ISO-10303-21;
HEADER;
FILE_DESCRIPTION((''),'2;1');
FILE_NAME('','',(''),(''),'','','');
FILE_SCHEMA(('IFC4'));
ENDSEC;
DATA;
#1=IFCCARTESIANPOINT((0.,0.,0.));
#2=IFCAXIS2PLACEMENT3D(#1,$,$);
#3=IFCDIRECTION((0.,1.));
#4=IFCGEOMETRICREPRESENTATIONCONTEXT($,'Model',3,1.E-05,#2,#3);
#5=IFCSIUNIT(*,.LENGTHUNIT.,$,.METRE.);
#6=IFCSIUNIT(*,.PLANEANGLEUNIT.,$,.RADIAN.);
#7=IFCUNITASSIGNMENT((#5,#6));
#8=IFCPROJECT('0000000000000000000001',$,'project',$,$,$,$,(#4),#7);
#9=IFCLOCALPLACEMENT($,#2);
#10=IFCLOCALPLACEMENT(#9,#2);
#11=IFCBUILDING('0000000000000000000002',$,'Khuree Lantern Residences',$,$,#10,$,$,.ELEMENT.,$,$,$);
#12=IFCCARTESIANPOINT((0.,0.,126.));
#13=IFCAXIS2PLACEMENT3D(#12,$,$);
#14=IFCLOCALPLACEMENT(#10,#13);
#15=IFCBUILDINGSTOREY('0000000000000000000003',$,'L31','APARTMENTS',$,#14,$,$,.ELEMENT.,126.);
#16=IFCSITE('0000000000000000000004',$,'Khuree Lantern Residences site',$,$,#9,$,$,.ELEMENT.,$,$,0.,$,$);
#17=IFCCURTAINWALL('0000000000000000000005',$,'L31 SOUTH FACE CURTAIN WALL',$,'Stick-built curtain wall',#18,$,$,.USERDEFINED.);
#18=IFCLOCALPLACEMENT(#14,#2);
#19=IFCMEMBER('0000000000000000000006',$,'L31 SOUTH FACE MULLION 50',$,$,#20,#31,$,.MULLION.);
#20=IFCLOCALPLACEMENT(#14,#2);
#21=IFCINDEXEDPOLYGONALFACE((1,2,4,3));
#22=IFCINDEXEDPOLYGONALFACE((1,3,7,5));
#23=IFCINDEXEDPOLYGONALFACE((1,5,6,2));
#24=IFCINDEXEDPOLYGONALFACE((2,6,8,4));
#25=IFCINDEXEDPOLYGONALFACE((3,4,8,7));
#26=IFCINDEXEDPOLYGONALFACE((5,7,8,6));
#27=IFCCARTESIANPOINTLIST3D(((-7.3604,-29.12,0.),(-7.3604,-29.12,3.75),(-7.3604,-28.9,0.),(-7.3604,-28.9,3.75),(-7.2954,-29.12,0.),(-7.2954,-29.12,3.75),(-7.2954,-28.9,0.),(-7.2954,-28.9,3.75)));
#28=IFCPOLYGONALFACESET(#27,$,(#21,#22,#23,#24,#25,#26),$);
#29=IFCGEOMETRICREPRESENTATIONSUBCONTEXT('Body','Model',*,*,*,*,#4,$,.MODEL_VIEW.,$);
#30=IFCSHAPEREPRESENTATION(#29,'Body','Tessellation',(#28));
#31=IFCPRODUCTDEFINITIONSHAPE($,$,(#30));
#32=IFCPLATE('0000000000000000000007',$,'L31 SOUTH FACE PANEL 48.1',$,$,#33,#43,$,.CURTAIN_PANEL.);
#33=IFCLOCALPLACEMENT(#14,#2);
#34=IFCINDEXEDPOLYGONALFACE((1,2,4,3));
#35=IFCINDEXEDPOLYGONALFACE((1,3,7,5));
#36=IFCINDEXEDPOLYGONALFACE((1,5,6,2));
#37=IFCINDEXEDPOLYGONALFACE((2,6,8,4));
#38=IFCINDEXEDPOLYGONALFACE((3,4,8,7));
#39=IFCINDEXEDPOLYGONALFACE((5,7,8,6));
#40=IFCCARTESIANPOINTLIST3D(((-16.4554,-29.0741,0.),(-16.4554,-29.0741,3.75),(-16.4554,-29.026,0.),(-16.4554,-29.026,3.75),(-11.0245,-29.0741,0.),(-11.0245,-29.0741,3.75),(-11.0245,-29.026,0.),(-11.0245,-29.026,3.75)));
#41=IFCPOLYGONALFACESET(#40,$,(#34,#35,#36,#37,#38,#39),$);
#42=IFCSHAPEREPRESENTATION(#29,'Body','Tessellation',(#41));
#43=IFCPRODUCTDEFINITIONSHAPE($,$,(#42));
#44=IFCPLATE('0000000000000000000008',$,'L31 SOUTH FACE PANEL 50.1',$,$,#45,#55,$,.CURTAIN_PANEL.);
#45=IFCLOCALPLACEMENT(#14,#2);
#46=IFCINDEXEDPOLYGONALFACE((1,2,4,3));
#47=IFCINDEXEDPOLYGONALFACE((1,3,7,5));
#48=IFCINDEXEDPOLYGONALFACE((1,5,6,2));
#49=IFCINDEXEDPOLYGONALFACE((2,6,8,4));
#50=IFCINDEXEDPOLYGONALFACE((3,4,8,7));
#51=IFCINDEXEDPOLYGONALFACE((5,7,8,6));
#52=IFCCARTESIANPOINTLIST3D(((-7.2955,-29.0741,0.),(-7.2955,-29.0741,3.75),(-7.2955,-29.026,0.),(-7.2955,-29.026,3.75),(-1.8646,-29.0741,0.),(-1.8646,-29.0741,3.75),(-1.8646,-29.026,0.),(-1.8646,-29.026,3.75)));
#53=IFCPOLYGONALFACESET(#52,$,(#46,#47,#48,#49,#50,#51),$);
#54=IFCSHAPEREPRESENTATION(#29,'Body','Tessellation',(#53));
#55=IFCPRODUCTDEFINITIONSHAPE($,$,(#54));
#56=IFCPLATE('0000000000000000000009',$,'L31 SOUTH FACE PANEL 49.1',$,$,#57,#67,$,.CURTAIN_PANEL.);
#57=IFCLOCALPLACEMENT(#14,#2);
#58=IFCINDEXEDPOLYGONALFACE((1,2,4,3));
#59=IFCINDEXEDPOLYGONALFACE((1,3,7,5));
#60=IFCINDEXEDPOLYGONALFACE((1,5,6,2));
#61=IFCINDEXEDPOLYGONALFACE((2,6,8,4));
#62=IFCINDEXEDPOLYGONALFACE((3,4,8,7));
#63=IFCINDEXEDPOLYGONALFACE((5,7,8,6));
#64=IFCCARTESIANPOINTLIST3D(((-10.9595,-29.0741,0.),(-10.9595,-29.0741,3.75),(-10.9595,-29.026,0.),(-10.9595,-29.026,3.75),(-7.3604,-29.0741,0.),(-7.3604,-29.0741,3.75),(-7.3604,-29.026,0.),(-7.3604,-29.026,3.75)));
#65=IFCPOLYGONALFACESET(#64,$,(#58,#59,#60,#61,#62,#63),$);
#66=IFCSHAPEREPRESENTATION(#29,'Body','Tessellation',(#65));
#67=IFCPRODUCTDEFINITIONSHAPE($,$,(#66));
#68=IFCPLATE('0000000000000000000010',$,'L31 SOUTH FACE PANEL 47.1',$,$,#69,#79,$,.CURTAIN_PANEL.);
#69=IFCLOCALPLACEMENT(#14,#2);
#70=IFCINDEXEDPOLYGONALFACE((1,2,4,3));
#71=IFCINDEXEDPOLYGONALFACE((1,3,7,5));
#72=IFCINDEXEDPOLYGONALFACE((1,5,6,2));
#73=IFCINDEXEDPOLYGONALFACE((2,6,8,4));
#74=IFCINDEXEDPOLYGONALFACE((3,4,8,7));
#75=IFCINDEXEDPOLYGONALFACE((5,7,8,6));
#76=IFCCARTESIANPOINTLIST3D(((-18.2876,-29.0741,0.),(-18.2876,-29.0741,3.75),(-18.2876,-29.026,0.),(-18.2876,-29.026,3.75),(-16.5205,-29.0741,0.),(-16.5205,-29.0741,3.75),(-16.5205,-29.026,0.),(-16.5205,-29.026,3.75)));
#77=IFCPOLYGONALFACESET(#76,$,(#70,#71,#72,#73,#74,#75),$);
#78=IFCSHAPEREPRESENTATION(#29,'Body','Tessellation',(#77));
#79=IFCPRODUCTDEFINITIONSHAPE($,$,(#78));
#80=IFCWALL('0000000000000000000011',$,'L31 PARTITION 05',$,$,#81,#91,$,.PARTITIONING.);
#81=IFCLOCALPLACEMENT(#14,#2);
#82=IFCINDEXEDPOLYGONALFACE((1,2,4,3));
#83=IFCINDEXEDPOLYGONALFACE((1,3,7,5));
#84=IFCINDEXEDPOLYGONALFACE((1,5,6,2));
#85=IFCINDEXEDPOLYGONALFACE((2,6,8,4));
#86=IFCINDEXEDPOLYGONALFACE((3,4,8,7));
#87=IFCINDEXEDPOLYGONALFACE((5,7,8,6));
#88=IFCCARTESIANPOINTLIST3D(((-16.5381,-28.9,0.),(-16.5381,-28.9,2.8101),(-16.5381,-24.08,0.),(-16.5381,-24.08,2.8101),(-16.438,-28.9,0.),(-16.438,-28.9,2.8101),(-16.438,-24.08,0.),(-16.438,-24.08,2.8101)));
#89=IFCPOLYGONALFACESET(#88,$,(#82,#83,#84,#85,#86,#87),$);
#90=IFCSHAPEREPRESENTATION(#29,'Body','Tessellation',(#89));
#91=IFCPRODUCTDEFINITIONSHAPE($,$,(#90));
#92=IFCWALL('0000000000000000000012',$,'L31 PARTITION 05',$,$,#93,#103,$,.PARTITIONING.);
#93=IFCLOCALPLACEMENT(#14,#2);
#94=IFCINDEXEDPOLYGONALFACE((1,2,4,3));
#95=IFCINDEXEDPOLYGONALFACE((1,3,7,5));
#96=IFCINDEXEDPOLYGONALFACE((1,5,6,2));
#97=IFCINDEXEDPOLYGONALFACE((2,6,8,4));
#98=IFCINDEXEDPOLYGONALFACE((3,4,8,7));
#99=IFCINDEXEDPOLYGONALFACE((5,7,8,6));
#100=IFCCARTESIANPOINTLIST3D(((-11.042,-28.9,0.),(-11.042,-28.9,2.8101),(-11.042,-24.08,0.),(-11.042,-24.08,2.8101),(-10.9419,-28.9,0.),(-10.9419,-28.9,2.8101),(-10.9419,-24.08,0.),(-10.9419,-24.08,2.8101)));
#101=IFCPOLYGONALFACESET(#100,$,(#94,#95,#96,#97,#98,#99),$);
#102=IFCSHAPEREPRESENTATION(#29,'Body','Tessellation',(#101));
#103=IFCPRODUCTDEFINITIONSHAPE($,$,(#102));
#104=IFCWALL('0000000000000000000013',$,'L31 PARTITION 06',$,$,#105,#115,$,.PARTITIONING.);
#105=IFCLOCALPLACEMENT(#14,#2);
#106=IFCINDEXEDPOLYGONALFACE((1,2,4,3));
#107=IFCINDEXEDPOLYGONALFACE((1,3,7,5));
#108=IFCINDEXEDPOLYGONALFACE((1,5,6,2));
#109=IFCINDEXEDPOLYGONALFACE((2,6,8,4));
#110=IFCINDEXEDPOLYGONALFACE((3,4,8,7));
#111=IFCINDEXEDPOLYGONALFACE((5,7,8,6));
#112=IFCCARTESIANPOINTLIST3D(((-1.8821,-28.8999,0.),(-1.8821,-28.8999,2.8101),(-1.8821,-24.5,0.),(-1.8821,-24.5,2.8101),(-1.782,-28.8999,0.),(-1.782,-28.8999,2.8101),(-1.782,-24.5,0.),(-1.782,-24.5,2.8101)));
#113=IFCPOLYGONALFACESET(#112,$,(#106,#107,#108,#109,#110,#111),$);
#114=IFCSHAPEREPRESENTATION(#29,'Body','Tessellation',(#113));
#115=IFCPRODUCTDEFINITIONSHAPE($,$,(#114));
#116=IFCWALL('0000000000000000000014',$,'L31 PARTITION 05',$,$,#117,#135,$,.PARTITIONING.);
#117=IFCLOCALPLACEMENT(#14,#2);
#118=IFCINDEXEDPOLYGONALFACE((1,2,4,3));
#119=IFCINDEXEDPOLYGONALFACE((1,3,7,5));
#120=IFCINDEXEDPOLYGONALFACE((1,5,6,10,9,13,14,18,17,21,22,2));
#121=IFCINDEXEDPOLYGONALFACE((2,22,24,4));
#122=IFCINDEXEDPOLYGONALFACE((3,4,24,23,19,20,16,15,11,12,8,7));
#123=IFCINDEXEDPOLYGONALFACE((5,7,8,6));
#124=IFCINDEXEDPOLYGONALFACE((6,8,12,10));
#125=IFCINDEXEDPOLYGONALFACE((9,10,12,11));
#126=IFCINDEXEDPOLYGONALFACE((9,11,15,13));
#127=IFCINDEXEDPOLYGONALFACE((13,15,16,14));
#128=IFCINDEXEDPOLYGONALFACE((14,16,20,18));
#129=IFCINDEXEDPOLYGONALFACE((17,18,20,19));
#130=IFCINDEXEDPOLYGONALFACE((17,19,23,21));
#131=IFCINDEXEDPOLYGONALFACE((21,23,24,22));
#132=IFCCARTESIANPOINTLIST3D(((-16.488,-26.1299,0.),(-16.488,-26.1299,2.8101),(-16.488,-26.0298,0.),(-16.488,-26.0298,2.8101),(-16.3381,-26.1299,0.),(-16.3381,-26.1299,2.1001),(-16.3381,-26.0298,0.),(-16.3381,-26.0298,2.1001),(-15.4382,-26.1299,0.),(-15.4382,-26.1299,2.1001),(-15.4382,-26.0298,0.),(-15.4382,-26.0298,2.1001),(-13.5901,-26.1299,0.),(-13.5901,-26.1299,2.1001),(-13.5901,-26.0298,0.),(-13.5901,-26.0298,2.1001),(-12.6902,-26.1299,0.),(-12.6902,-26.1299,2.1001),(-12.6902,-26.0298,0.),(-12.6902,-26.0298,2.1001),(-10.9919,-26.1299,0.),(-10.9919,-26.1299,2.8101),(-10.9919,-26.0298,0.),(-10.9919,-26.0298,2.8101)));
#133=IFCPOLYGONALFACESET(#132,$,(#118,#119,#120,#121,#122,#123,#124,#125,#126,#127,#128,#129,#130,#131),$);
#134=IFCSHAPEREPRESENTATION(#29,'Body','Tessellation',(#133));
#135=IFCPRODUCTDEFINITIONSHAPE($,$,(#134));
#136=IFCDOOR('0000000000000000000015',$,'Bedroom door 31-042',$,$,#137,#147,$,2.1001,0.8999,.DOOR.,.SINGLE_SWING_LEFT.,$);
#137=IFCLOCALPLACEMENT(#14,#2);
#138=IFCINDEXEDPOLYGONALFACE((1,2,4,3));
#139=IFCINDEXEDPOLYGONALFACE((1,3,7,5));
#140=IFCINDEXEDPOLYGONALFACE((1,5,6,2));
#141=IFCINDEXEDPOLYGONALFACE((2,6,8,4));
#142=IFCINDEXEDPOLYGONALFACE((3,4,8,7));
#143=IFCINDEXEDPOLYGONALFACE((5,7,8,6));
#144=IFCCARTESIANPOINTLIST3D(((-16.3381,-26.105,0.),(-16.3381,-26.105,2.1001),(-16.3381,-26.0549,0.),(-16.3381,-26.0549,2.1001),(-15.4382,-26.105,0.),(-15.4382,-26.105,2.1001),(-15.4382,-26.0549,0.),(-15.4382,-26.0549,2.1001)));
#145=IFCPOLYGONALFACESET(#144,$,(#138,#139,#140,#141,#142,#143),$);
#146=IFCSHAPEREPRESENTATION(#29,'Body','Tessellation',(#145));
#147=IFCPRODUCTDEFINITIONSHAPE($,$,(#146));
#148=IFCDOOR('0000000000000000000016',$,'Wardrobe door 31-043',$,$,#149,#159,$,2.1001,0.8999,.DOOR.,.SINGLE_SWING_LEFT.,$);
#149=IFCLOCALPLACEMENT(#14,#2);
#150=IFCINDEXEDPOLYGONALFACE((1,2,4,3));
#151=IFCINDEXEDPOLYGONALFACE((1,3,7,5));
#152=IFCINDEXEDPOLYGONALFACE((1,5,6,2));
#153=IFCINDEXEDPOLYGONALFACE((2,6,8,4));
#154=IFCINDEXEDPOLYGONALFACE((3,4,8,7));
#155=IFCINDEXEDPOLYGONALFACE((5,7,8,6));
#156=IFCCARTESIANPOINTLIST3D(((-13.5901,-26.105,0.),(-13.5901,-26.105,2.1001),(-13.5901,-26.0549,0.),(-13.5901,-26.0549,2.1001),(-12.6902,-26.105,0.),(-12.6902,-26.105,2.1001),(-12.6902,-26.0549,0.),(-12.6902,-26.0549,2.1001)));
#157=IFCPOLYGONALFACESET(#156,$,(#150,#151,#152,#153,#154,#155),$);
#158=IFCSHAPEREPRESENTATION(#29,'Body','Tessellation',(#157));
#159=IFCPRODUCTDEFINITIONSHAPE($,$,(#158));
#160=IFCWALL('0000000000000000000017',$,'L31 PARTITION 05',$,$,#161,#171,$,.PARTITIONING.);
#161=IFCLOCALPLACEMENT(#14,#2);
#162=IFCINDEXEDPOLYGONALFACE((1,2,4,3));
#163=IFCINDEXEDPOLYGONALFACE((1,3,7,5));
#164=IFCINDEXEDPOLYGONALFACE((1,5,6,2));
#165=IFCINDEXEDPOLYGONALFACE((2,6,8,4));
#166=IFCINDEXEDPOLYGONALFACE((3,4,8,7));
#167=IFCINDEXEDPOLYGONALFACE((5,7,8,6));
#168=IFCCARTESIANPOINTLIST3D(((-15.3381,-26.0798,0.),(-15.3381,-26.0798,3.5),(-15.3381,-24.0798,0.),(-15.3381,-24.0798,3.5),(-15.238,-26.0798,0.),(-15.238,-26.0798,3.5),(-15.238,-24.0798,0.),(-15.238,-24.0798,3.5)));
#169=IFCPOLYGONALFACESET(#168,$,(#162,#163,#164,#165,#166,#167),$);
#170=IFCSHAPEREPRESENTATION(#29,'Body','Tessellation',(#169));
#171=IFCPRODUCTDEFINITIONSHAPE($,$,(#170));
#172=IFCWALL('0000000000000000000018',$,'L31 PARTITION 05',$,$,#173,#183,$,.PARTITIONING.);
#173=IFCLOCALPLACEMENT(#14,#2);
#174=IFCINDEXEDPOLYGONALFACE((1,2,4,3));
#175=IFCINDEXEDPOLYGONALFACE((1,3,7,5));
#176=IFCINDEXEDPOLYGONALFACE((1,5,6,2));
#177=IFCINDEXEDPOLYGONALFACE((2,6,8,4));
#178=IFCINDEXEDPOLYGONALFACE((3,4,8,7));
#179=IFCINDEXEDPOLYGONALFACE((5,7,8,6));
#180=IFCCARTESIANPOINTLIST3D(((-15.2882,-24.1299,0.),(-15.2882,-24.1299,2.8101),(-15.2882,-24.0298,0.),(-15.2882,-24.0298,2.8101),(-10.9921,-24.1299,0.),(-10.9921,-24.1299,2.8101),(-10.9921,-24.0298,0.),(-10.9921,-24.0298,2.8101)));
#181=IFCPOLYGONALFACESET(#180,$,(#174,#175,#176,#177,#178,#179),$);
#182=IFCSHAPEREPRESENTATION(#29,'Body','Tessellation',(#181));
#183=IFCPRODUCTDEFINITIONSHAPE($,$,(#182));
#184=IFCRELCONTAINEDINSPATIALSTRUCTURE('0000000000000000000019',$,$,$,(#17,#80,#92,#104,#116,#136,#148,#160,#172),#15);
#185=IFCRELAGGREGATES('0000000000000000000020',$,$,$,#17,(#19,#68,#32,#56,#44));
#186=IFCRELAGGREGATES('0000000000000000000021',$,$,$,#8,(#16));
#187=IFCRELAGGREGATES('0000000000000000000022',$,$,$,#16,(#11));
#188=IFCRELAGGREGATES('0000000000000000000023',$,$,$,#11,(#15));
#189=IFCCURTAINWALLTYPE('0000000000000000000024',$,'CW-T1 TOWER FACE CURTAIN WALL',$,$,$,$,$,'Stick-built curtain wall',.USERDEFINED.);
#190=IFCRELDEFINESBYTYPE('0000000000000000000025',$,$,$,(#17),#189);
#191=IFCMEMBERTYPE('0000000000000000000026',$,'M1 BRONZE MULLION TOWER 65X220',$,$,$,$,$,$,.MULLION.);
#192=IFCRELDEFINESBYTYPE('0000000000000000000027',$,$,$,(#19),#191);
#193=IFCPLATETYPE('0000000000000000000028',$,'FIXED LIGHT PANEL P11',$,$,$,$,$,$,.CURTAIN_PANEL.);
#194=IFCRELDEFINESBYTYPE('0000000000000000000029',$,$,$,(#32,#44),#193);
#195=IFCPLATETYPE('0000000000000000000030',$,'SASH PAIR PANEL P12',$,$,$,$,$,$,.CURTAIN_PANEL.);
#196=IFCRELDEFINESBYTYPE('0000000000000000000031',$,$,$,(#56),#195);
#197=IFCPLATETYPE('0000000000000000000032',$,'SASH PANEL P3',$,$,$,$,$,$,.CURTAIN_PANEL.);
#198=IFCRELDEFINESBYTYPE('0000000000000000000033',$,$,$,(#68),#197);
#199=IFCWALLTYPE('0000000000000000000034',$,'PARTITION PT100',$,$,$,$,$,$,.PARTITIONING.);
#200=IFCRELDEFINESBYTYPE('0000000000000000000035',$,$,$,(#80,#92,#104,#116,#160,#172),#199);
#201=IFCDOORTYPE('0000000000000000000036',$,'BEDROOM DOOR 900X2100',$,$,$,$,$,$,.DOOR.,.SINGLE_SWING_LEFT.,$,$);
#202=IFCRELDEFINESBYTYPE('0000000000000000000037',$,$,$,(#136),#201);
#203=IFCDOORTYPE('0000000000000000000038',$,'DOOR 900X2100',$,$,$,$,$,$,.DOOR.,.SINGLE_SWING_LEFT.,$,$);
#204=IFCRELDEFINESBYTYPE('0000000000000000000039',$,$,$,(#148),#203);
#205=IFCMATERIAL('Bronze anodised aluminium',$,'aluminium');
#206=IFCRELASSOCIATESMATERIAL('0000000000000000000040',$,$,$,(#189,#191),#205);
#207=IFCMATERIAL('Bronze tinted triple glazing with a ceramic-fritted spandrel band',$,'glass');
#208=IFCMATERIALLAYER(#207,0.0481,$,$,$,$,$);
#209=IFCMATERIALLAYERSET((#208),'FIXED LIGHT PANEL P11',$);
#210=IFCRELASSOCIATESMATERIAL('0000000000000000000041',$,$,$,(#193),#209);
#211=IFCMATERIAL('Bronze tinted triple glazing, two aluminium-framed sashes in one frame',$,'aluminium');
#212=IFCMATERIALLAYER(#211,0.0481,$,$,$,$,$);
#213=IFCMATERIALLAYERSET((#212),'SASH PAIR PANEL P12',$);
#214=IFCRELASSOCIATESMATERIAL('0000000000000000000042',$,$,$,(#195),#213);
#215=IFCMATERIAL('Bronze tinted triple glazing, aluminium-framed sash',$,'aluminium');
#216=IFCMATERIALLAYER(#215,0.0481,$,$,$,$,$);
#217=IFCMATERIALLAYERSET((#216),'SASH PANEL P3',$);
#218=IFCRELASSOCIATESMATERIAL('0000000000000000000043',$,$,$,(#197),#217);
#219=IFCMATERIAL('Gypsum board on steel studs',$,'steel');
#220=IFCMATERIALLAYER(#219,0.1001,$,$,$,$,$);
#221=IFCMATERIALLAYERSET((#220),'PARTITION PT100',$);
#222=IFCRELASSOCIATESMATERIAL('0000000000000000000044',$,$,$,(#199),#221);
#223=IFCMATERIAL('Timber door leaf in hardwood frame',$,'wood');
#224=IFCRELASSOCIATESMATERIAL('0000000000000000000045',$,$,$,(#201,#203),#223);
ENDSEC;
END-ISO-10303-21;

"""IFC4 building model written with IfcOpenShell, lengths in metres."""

from ifc_helpers import new_model, si_unit, direction, frame, frame_2d, origin, origin_2d, place, context, subcontext, project, spatial, rectangle, extrude, material, layer, layer_set, material_profile, profile_set, type_object, element, fill, aggregate, save


model = new_model("IFC4")

# Units and contexts
model_context = context("Model", 3, precision=1e-05, world=origin(), true_north=direction((0.0, 1.0)))
body_context = subcontext(model_context, "Body", "Model", "MODEL_VIEW")
ifc_project = project(units=[si_unit("LENGTHUNIT", "METRE"), si_unit("PLANEANGLEUNIT", "RADIAN")], contexts=[model_context])

# Site, building, storey
site_placement = place(None, origin())
site = spatial("IfcSite", under=ifc_project, at=site_placement, Name="Khuree Lantern Residences site", CompositionType="ELEMENT", RefElevation=0.0)
building_placement = place(site_placement, origin())
building = spatial("IfcBuilding", under=site, at=building_placement, Name="Khuree Lantern Residences", CompositionType="ELEMENT")
storey_placement = place(building_placement, frame((0.0, 0.0, 126.0)))
storey = spatial("IfcBuildingStorey", under=building, at=storey_placement, Name="L31", Description="APARTMENTS", CompositionType="ELEMENT", Elevation=126.0)

# Curtain wall
ifc_material_1 = material(Name="Bronze anodised aluminium", Category="aluminium")
curtain_wall_type = type_object("IfcCurtainWallType", Name="CW-T1 TOWER FACE CURTAIN WALL", ElementType="Stick-built curtain wall", PredefinedType="USERDEFINED", material=ifc_material_1)
curtain_wall_placement = place(storey_placement, origin())
curtain_wall = element("IfcCurtainWall", 1, at=curtain_wall_placement, inside=storey, type_object=curtain_wall_type, Name="L31 SOUTH FACE CURTAIN WALL", ObjectType="Stick-built curtain wall", PredefinedType="USERDEFINED")

# Member
ifc_material_profile_1 = material_profile(ifc_material_1, rectangle(XDim=0.0649, YDim=0.22, at=origin_2d()), Name="M1 65X220")
ifc_profile_set_1 = profile_set([ifc_material_profile_1], Name="Bronze anodised aluminium")
member_type_1 = type_object("IfcMemberType", Name="M1 BRONZE MULLION TOWER 65X220", PredefinedType="MULLION", material=ifc_profile_set_1)
member_1_placement = place(storey_placement, frame((-7.3279, -29.01, 0.0), z_axis=(0.0, 0.0, 1.0), x_axis=(1.0, 0.0, 0.0)))
member_1 = element("IfcMember", 2, at=member_1_placement, type_object=member_type_1, Name="L31 SOUTH FACE MULLION 50", PredefinedType="MULLION", context=body_context, shape_type="SweptSolid", body=[
    extrude(rectangle(XDim=0.0649, YDim=0.22, at=origin_2d()), origin(), (0.0, 0.0, 1.0), 3.75),
])

# Plates
ifc_material_2 = material(Name="Bronze tinted triple glazing with a ceramic-fritted spandrel band", Category="glass")
ifc_layer_1 = layer(ifc_material_2, 0.0481)
ifc_layer_set_1 = layer_set([ifc_layer_1], Name="FIXED LIGHT PANEL P11")
plate_type_1 = type_object("IfcPlateType", Name="FIXED LIGHT PANEL P11", PredefinedType="CURTAIN_PANEL", material=ifc_layer_set_1)
plate_1_placement = place(storey_placement, frame((-13.74, -29.05, 0.0), z_axis=(0.0, 0.0, 1.0), x_axis=(1.0, 0.0, 0.0)))
plate_1 = element("IfcPlate", 3, at=plate_1_placement, type_object=plate_type_1, Name="L31 SOUTH FACE PANEL 48.1", PredefinedType="CURTAIN_PANEL", context=body_context, shape_type="SweptSolid", body=[
    extrude(rectangle(XDim=5.4309, YDim=0.0481, at=origin_2d()), origin(), (0.0, 0.0, 1.0), 3.75),
])
plate_2_placement = place(storey_placement, frame((-4.5801, -29.05, 0.0), z_axis=(0.0, 0.0, 1.0), x_axis=(1.0, 0.0, 0.0)))
plate_2 = element("IfcPlate", 4, at=plate_2_placement, type_object=plate_type_1, Name="L31 SOUTH FACE PANEL 50.1", PredefinedType="CURTAIN_PANEL", context=body_context, shape_type="SweptSolid", body=[
    extrude(rectangle(XDim=5.4309, YDim=0.0481, at=origin_2d()), origin(), (0.0, 0.0, 1.0), 3.75),
])
ifc_material_3 = material(Name="Bronze tinted triple glazing, two aluminium-framed sashes in one frame", Category="aluminium")
ifc_layer_2 = layer(ifc_material_3, 0.0481)
ifc_layer_set_2 = layer_set([ifc_layer_2], Name="SASH PAIR PANEL P12")
plate_type_2 = type_object("IfcPlateType", Name="SASH PAIR PANEL P12", PredefinedType="CURTAIN_PANEL", material=ifc_layer_set_2)
plate_3_placement = place(storey_placement, frame((-9.1599, -29.05, 0.0), z_axis=(0.0, 0.0, 1.0), x_axis=(1.0, 0.0, 0.0)))
plate_3 = element("IfcPlate", 5, at=plate_3_placement, type_object=plate_type_2, Name="L31 SOUTH FACE PANEL 49.1", PredefinedType="CURTAIN_PANEL", context=body_context, shape_type="SweptSolid", body=[
    extrude(rectangle(XDim=3.5991, YDim=0.0481, at=origin_2d()), origin(), (0.0, 0.0, 1.0), 3.75),
])
ifc_material_4 = material(Name="Bronze tinted triple glazing, aluminium-framed sash", Category="aluminium")
ifc_layer_3 = layer(ifc_material_4, 0.0481)
ifc_layer_set_3 = layer_set([ifc_layer_3], Name="SASH PANEL P3")
plate_type_3 = type_object("IfcPlateType", Name="SASH PANEL P3", PredefinedType="CURTAIN_PANEL", material=ifc_layer_set_3)
plate_4_placement = place(storey_placement, frame((-17.4041, -29.05, 0.0), z_axis=(0.0, 0.0, 1.0), x_axis=(1.0, 0.0, 0.0)))
plate_4 = element("IfcPlate", 6, at=plate_4_placement, type_object=plate_type_3, Name="L31 SOUTH FACE PANEL 47.1", PredefinedType="CURTAIN_PANEL", context=body_context, shape_type="SweptSolid", body=[
    extrude(rectangle(XDim=1.7671, YDim=0.0481, at=origin_2d()), origin(), (0.0, 0.0, 1.0), 3.75),
])
aggregate(curtain_wall, [member_1, plate_4, plate_1, plate_3, plate_2])

# Walls
ifc_material_5 = material(Name="Gypsum board on steel studs", Category="steel")
ifc_layer_4 = layer(ifc_material_5, 0.1001)
ifc_layer_set_4 = layer_set([ifc_layer_4], Name="PARTITION PT100")
wall_type = type_object("IfcWallType", Name="PARTITION PT100", PredefinedType="PARTITIONING", material=ifc_layer_set_4)
for number, where, z_axis, x_axis, name in (
    (7, (-16.488, -24.0798, 0.0), (0.0, 0.0, 1.0), (0.0, -1.0, 0.0), "L31 PARTITION 05"),
    (8, (-10.9919, -24.0798, 0.0), (0.0, 0.0, 1.0), (0.0, -1.0, 0.0), "L31 PARTITION 05"),
):
    element("IfcWall", number, at=place(storey_placement, frame(where, z_axis=z_axis, x_axis=x_axis)), inside=storey, type_object=wall_type, Name=name, PredefinedType="PARTITIONING", context=body_context, shape_type="SweptSolid", body=[
        extrude(rectangle(XDim=4.8201, YDim=0.1001, at=frame_2d((2.4102, 0.0))), origin(), (0.0, 0.0, 1.0), 2.8101),
    ])
wall_1_placement = place(storey_placement, frame((-1.832, -24.5, 0.0), z_axis=(0.0, 0.0, 1.0), x_axis=(0.0, -1.0, 0.0)))
element("IfcWall", 9, at=wall_1_placement, inside=storey, type_object=wall_type, Name="L31 PARTITION 06", PredefinedType="PARTITIONING", context=body_context, shape_type="SweptSolid", body=[
    extrude(rectangle(XDim=4.3999, YDim=0.1001, at=frame_2d((2.2, 0.0))), origin(), (0.0, 0.0, 1.0), 2.8101),
])

# Wall, openings, doors
wall_2_placement = place(storey_placement, frame((-16.488, -26.0798, 0.0), z_axis=(0.0, 0.0, 1.0), x_axis=(1.0, 0.0, 0.0)))
wall_2 = element("IfcWall", 10, at=wall_2_placement, inside=storey, type_object=wall_type, Name="L31 PARTITION 05", PredefinedType="PARTITIONING", context=body_context, shape_type="SweptSolid", body=[
    extrude(rectangle(XDim=5.4961, YDim=0.1001, at=frame_2d((2.748, 0.0))), origin(), (0.0, 0.0, 1.0), 2.8101),
])
opening_1_placement = place(wall_2_placement, frame((0.1499, 0.0, 0.0)))
opening_1 = element("IfcOpeningElement", 11, at=opening_1_placement, cuts=wall_2, PredefinedType="OPENING", context=body_context, shape_type="SweptSolid", body=[
    extrude(rectangle(XDim=0.8999, YDim=2.1001, at=frame_2d((0.45, 1.05))), frame((0.0, 0.0601, 0.0), z_axis=(0.0, -1.0, 0.0), x_axis=(1.0, 0.0, 0.0)), (0.0, 0.0, 1.0), 0.1201),
])
opening_2_placement = place(wall_2_placement, frame((2.8979, 0.0, 0.0)))
opening_2 = element("IfcOpeningElement", 12, at=opening_2_placement, cuts=wall_2, PredefinedType="OPENING", context=body_context, shape_type="SweptSolid", body=[
    extrude(rectangle(XDim=0.8999, YDim=2.1001, at=frame_2d((0.45, 1.05))), frame((0.0, 0.0601, 0.0), z_axis=(0.0, -1.0, 0.0), x_axis=(1.0, 0.0, 0.0)), (0.0, 0.0, 1.0), 0.1201),
])
ifc_material_6 = material(Name="Timber door leaf in hardwood frame", Category="wood")
door_type_1 = type_object("IfcDoorType", Name="BEDROOM DOOR 900X2100", OperationType="SINGLE_SWING_LEFT", PredefinedType="DOOR", material=ifc_material_6)
door_1_placement = place(opening_1_placement, origin())
door_1 = element("IfcDoor", 13, at=door_1_placement, inside=storey, type_object=door_type_1, Name="Bedroom door 31-042", OperationType="SINGLE_SWING_LEFT", OverallHeight=2.1001, OverallWidth=0.8999, PredefinedType="DOOR", context=body_context, shape_type="SweptSolid", body=[
    extrude(rectangle(XDim=0.8999, YDim=2.1001, at=frame_2d((0.45, 1.05))), frame((0.0, 0.0249, 0.0), z_axis=(0.0, -1.0, 0.0), x_axis=(1.0, 0.0, 0.0)), (0.0, 0.0, 1.0), 0.05),
])
fill(opening_1, door_1)
door_type_2 = type_object("IfcDoorType", Name="DOOR 900X2100", OperationType="SINGLE_SWING_LEFT", PredefinedType="DOOR", material=ifc_material_6)
door_2_placement = place(opening_2_placement, origin())
door_2 = element("IfcDoor", 14, at=door_2_placement, inside=storey, type_object=door_type_2, Name="Wardrobe door 31-043", OperationType="SINGLE_SWING_LEFT", OverallHeight=2.1001, OverallWidth=0.8999, PredefinedType="DOOR", context=body_context, shape_type="SweptSolid", body=[
    extrude(rectangle(XDim=0.8999, YDim=2.1001, at=frame_2d((0.45, 1.05))), frame((0.0, 0.0249, 0.0), z_axis=(0.0, -1.0, 0.0), x_axis=(1.0, 0.0, 0.0)), (0.0, 0.0, 1.0), 0.05),
])
fill(opening_2, door_2)

# Walls
wall_3_placement = place(storey_placement, frame((-15.2881, -24.0798, 0.0), z_axis=(0.0, 0.0, 1.0), x_axis=(0.0, -1.0, 0.0)))
element("IfcWall", 15, at=wall_3_placement, inside=storey, type_object=wall_type, Name="L31 PARTITION 05", PredefinedType="PARTITIONING", context=body_context, shape_type="SweptSolid", body=[
    extrude(rectangle(XDim=2.0, YDim=0.1001, at=frame_2d((1.0, 0.0))), origin(), (0.0, 0.0, 1.0), 3.5),
])
wall_4_placement = place(storey_placement, frame((-15.2881, -24.0798, 0.0), z_axis=(0.0, 0.0, 1.0), x_axis=(1.0, 0.0, 0.0)))
element("IfcWall", 16, at=wall_4_placement, inside=storey, type_object=wall_type, Name="L31 PARTITION 05", PredefinedType="PARTITIONING", context=body_context, shape_type="SweptSolid", body=[
    extrude(rectangle(XDim=4.2961, YDim=0.1001, at=frame_2d((2.1479, 0.0))), origin(), (0.0, 0.0, 1.0), 2.8101),
])

save(model, "model.ifc")
